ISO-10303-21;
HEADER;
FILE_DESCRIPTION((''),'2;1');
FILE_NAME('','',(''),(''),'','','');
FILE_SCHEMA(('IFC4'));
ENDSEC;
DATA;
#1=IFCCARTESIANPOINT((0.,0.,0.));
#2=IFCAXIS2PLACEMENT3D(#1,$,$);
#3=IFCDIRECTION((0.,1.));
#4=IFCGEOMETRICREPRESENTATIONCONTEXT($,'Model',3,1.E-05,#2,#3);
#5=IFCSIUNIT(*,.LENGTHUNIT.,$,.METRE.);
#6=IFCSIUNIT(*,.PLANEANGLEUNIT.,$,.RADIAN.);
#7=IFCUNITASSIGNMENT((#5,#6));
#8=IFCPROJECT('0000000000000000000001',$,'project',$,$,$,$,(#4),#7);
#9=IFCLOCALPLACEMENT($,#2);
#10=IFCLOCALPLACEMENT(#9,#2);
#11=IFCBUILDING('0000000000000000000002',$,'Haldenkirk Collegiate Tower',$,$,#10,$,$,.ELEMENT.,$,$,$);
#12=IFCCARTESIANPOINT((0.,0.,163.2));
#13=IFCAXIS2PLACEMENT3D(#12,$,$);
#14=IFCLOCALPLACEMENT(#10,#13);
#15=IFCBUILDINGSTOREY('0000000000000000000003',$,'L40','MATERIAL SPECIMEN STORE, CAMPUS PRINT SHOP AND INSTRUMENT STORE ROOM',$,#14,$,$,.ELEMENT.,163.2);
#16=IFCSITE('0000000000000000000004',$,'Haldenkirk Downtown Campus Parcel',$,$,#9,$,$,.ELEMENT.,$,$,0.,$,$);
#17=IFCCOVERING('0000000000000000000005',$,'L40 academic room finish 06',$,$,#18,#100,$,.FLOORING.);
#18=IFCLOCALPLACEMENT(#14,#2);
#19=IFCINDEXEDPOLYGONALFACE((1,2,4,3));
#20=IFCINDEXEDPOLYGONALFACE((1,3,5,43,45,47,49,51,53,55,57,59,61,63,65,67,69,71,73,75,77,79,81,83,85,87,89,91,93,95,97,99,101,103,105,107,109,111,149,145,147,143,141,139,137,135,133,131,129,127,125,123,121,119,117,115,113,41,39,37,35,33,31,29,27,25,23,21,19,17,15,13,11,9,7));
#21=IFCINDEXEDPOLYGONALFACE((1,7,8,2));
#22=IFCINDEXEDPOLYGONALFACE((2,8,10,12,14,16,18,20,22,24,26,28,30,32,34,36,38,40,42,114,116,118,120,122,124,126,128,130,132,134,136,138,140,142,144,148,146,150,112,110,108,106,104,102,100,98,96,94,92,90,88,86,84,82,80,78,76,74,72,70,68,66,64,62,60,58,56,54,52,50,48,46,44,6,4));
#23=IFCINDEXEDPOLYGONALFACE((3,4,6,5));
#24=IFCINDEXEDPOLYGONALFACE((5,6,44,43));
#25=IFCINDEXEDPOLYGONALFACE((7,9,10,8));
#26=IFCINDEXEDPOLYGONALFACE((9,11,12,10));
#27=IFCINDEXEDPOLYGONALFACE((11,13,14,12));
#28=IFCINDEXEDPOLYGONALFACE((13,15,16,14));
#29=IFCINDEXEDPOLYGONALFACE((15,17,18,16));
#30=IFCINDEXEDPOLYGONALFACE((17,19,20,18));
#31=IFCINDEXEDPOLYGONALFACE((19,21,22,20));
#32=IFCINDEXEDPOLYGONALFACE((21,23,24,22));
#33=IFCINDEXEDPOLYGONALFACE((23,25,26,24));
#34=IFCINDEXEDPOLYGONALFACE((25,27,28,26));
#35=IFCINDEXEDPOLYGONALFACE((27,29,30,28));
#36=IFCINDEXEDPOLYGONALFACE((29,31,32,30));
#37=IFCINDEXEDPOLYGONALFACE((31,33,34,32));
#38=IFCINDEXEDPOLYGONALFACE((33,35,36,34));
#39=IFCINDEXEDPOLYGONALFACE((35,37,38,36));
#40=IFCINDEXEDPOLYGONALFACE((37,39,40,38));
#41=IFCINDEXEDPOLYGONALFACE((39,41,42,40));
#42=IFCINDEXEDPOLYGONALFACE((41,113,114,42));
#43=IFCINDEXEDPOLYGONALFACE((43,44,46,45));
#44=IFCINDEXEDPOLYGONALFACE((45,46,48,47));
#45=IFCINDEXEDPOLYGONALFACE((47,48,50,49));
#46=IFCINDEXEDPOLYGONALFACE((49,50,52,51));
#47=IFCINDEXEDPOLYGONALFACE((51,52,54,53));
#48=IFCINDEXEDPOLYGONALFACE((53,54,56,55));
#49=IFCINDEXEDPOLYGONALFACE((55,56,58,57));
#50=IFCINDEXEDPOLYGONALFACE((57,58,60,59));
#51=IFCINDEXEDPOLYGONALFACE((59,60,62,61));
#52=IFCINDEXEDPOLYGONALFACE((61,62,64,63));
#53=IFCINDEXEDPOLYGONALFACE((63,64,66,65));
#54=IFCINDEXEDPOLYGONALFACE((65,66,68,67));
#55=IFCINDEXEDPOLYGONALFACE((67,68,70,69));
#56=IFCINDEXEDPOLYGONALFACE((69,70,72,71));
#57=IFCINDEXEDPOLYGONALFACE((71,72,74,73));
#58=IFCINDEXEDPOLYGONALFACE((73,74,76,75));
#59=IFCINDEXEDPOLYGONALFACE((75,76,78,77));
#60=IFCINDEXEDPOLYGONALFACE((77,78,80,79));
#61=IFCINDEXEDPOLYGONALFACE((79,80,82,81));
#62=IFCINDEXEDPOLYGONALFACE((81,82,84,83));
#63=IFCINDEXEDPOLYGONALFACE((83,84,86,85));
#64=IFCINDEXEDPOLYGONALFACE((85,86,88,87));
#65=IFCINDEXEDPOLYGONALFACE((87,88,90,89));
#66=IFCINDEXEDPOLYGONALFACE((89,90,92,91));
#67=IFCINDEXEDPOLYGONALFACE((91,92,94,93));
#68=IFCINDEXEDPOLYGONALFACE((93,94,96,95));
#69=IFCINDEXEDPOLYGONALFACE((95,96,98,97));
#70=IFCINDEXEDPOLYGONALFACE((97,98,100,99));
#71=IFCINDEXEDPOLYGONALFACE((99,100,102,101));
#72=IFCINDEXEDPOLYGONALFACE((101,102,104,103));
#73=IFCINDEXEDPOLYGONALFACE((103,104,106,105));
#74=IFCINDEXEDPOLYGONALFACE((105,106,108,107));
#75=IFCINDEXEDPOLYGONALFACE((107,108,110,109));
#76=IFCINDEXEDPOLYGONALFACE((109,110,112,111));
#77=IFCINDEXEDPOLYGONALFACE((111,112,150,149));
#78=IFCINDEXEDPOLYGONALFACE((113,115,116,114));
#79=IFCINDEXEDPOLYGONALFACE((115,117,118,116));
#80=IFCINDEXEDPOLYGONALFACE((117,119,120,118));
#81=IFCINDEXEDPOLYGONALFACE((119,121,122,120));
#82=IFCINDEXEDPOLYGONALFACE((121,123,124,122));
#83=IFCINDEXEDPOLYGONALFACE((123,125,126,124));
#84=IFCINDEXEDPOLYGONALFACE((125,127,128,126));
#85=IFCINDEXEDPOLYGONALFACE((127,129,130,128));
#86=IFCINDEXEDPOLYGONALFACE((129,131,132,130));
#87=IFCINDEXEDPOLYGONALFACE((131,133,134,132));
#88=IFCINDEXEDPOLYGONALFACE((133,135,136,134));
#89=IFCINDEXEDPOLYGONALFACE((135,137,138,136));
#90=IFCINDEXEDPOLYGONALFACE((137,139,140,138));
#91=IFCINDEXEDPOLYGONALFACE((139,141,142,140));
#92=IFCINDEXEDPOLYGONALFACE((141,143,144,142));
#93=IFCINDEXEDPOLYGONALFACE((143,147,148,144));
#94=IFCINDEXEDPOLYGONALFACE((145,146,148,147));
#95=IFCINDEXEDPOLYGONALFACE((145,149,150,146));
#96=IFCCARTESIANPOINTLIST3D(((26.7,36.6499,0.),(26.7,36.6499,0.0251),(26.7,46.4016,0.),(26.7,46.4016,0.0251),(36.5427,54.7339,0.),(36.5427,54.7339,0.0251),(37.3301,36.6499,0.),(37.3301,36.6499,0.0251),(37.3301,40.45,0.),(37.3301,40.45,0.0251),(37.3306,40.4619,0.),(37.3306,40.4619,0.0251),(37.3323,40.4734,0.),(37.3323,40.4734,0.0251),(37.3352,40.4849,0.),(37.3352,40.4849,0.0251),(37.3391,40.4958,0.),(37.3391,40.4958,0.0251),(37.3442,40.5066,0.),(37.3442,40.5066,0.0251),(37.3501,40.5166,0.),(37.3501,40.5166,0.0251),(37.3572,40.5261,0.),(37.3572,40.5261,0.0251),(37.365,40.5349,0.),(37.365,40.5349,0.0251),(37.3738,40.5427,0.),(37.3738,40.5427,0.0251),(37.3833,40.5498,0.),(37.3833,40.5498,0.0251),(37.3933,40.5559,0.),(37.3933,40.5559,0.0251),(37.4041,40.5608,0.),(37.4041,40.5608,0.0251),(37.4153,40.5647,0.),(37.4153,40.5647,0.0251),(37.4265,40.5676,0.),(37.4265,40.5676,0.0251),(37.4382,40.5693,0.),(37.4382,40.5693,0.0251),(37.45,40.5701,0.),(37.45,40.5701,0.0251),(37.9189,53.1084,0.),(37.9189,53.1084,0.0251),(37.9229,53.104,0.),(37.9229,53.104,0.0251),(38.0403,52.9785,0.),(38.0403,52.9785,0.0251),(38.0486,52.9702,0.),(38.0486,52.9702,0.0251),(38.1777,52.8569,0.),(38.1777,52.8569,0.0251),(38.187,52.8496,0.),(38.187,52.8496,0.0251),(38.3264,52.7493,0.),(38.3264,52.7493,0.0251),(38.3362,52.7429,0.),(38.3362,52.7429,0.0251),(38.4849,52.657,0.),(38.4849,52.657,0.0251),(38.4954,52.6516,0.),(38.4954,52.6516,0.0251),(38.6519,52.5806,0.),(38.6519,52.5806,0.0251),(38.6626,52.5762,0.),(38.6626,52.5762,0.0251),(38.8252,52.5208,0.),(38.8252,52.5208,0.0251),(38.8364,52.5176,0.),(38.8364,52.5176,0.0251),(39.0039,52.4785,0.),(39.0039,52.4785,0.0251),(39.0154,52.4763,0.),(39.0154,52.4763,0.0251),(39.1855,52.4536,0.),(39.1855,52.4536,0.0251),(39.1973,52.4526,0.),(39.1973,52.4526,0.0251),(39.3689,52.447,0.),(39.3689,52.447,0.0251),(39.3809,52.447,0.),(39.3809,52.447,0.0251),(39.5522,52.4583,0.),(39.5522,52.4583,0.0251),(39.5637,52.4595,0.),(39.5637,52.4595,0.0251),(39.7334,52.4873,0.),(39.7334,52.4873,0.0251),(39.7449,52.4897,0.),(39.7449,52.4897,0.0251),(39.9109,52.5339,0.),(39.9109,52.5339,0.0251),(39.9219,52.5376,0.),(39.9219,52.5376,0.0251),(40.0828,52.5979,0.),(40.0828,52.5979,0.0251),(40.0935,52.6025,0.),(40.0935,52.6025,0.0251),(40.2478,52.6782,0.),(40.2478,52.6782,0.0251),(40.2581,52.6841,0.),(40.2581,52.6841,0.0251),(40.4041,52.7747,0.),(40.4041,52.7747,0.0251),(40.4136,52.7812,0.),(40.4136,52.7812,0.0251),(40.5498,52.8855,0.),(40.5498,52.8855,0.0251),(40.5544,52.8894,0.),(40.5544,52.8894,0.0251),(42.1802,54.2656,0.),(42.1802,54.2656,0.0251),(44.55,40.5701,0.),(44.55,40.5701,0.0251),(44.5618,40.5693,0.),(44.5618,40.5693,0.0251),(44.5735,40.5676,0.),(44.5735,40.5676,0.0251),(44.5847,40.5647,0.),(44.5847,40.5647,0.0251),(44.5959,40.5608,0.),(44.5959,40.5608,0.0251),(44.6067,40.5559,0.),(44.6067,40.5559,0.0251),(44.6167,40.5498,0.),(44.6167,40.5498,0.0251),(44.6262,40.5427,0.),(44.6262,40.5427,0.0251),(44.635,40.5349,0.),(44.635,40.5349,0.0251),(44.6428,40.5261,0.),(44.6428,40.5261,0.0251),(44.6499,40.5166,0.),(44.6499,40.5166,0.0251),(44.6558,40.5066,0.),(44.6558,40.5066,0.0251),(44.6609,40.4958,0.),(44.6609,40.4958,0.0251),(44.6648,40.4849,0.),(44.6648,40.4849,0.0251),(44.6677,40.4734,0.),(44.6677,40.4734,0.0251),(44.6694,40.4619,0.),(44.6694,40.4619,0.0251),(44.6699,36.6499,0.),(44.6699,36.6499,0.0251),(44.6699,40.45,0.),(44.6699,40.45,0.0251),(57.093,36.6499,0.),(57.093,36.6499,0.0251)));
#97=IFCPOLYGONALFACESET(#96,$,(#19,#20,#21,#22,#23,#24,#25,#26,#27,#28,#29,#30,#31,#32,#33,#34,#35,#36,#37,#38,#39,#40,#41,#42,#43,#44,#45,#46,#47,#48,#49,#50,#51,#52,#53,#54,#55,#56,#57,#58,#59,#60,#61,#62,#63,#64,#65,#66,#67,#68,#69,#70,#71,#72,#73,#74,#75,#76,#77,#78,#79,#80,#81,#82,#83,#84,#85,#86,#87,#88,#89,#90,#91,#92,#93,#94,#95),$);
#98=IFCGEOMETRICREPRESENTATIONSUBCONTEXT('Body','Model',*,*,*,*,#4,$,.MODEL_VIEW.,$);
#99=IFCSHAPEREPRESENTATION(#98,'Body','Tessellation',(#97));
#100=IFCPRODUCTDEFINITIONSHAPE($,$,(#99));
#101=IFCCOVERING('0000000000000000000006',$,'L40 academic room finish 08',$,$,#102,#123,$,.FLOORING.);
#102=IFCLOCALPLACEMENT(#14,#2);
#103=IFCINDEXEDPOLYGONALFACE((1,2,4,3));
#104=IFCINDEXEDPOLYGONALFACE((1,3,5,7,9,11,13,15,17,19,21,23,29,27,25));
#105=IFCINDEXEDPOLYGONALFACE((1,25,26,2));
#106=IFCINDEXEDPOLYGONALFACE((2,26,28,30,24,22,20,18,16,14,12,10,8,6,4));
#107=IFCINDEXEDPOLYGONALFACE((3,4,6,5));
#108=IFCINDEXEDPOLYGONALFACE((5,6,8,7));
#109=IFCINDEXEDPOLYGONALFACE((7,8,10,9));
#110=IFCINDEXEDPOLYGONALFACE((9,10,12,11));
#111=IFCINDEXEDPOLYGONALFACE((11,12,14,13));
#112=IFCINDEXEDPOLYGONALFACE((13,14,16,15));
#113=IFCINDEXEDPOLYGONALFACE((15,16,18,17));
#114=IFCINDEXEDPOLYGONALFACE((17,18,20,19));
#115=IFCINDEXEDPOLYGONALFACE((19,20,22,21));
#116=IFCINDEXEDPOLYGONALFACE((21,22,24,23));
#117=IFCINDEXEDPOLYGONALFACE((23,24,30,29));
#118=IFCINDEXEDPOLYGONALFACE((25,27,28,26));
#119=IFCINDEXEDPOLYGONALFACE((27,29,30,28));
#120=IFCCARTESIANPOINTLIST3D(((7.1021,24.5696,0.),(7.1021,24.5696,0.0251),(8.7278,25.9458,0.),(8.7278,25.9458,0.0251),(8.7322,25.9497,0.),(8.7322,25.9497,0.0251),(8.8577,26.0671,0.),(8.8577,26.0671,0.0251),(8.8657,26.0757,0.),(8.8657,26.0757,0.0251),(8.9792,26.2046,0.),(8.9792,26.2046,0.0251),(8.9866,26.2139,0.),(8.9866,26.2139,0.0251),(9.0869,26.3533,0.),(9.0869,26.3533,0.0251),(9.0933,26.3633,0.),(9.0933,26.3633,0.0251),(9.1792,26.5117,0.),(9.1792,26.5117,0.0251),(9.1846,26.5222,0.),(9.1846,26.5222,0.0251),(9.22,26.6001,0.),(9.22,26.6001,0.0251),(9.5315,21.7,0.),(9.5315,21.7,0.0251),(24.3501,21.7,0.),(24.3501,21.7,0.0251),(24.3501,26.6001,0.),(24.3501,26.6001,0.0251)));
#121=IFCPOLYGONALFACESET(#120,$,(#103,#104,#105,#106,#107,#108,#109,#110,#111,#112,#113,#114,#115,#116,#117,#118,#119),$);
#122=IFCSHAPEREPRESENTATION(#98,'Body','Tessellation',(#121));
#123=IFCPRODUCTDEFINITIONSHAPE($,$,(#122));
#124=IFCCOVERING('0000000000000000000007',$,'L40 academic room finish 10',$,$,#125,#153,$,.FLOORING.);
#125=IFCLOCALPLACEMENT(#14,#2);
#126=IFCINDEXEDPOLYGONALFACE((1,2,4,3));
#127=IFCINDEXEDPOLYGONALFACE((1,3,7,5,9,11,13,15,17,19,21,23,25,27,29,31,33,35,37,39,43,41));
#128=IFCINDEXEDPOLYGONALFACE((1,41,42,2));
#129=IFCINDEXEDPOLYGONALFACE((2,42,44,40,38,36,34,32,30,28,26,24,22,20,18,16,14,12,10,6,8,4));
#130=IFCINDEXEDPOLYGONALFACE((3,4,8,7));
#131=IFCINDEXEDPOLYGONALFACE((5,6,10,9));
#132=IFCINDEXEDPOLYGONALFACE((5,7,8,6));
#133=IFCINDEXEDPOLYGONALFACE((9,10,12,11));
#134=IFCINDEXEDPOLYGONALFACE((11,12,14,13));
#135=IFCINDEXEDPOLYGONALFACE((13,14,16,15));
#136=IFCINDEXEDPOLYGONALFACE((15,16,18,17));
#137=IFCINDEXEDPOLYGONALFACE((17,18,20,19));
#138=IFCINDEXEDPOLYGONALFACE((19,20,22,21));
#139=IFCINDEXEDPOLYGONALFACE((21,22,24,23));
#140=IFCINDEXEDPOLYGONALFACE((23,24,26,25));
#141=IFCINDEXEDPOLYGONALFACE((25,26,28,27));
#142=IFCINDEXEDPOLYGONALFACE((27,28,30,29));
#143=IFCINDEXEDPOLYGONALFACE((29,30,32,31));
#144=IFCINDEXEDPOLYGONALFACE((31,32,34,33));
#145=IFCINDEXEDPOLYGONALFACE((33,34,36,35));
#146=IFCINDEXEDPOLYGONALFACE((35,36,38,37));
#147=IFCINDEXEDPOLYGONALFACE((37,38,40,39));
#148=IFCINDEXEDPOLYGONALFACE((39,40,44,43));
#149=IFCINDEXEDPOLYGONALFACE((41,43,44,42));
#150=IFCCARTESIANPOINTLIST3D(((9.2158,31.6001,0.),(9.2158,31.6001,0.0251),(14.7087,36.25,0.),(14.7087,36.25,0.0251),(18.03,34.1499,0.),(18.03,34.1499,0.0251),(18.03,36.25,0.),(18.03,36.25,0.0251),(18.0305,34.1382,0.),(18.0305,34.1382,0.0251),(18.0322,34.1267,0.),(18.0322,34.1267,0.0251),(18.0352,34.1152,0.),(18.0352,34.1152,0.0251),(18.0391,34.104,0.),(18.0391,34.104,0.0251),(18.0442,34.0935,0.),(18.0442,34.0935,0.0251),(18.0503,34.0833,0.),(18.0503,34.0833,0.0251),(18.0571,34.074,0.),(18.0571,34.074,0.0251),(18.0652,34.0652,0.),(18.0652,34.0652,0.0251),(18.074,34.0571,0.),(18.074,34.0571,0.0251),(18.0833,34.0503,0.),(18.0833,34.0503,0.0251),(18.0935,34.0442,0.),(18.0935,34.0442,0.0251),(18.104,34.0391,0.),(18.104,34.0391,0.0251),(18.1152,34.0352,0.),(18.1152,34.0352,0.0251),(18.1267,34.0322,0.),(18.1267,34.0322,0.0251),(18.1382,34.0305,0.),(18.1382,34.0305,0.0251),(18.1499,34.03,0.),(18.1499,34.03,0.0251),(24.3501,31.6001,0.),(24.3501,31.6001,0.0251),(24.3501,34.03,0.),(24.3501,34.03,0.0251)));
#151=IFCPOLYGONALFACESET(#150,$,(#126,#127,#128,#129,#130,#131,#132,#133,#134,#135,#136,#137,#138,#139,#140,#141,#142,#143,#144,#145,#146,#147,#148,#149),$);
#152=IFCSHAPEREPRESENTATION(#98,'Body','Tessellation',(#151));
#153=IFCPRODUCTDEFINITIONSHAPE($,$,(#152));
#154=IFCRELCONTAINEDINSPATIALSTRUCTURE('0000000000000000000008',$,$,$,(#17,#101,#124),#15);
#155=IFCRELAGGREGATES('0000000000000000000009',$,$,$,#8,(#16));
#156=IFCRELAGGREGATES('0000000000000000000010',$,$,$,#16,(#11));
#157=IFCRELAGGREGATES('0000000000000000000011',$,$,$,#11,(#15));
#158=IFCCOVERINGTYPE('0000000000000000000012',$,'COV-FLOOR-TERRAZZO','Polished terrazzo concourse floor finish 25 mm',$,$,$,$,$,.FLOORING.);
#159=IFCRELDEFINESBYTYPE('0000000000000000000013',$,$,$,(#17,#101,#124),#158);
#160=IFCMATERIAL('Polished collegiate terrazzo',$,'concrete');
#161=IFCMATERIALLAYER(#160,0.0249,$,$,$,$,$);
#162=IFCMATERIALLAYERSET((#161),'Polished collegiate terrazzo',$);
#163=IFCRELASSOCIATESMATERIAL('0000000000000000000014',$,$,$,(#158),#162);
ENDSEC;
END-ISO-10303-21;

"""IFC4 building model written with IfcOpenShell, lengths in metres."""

from ifc_helpers import new_model, si_unit, direction, frame, origin, place, context, subcontext, project, spatial, polyline, outline, extrude, material, layer, layer_set, type_object, element, save


model = new_model("IFC4")

# Units and contexts
model_context = context("Model", 3, precision=1e-05, world=origin(), true_north=direction((0.0, 1.0)))
body_context = subcontext(model_context, "Body", "Model", "MODEL_VIEW")
ifc_project = project(units=[si_unit("LENGTHUNIT", "METRE"), si_unit("PLANEANGLEUNIT", "RADIAN")], contexts=[model_context])

# Site, building, storey
site_placement = place(None, origin())
site = spatial("IfcSite", under=ifc_project, at=site_placement, Name="Haldenkirk Downtown Campus Parcel", CompositionType="ELEMENT", RefElevation=0.0)
building_placement = place(site_placement, origin())
building = spatial("IfcBuilding", under=site, at=building_placement, Name="Haldenkirk Collegiate Tower", CompositionType="ELEMENT")
storey_placement = place(building_placement, frame((0.0, 0.0, 163.2)))
storey = spatial("IfcBuildingStorey", under=building, at=storey_placement, Name="L40", Description="MATERIAL SPECIMEN STORE, CAMPUS PRINT SHOP AND INSTRUMENT STORE ROOM", CompositionType="ELEMENT", Elevation=163.2)

# Coverings
ifc_material_1 = material(Name="Polished collegiate terrazzo", Category="concrete")
ifc_layer_1 = layer(ifc_material_1, 0.0249)
ifc_layer_set_1 = layer_set([ifc_layer_1], Name="Polished collegiate terrazzo")
covering_type_1 = type_object("IfcCoveringType", Name="COV-FLOOR-TERRAZZO", Description="Polished terrazzo concourse floor finish 25 mm", PredefinedType="FLOORING", material=ifc_layer_set_1)
covering_1_placement = place(storey_placement, origin())
element("IfcCovering", 1, at=covering_1_placement, inside=storey, type_object=covering_type_1, Name="L40 academic room finish 06", PredefinedType="FLOORING", context=body_context, shape_type="SweptSolid", body=[
    extrude(outline(polyline([(37.9189, 53.1084), (37.9229, 53.104), (38.0403, 52.9785), (38.0486, 52.9702), (38.1777, 52.8569), (38.187, 52.8496), (38.3264, 52.7493), (38.3362, 52.7429), (38.4849, 52.657), (38.4954, 52.6516), (38.6519, 52.5806), (38.6626, 52.5762), (38.8252, 52.5208), (38.8364, 52.5176), (39.0039, 52.4785), (39.0154, 52.4763), (39.1855, 52.4536), (39.1973, 52.4526), (39.3689, 52.447), (39.3809, 52.447), (39.5522, 52.4583), (39.5637, 52.4595), (39.7334, 52.4873), (39.7449, 52.4897), (39.9109, 52.5339), (39.9219, 52.5376), (40.0828, 52.5979), (40.0935, 52.6025), (40.2478, 52.6782), (40.2581, 52.6841), (40.4041, 52.7747), (40.4136, 52.7812), (40.5498, 52.8855), (40.5544, 52.8894), (42.1802, 54.2656), (57.093, 36.6499), (44.6699, 36.6499), (44.6699, 40.45), (44.6694, 40.4619), (44.6677, 40.4734), (44.6648, 40.4849), (44.6609, 40.4958), (44.6558, 40.5066), (44.6499, 40.5166), (44.6428, 40.5261), (44.635, 40.5349), (44.6262, 40.5427), (44.6167, 40.5498), (44.6067, 40.5559), (44.5959, 40.5608), (44.5847, 40.5647), (44.5735, 40.5676), (44.5618, 40.5693), (44.55, 40.5701), (37.45, 40.5701), (37.4382, 40.5693), (37.4265, 40.5676), (37.4153, 40.5647), (37.4041, 40.5608), (37.3933, 40.5559), (37.3833, 40.5498), (37.3738, 40.5427), (37.365, 40.5349), (37.3572, 40.5261), (37.3501, 40.5166), (37.3442, 40.5066), (37.3391, 40.4958), (37.3352, 40.4849), (37.3323, 40.4734), (37.3306, 40.4619), (37.3301, 40.45), (37.3301, 36.6499), (26.7, 36.6499), (26.7, 46.4016), (36.5427, 54.7339), (37.9189, 53.1084)])), origin(), (0.0, 0.0, 1.0), 0.0251),
])
covering_2_placement = place(storey_placement, origin())
element("IfcCovering", 2, at=covering_2_placement, inside=storey, type_object=covering_type_1, Name="L40 academic room finish 08", PredefinedType="FLOORING", context=body_context, shape_type="SweptSolid", body=[
    extrude(outline(polyline([(8.7278, 25.9458), (8.7322, 25.9497), (8.8577, 26.0671), (8.8657, 26.0757), (8.9792, 26.2046), (8.9866, 26.2139), (9.0869, 26.3533), (9.0933, 26.3633), (9.1792, 26.5117), (9.1846, 26.5222), (9.22, 26.6001), (24.3501, 26.6001), (24.3501, 21.7), (9.5315, 21.7), (7.1021, 24.5696), (8.7278, 25.9458)])), origin(), (0.0, 0.0, 1.0), 0.0251),
])
covering_3_placement = place(storey_placement, origin())
element("IfcCovering", 3, at=covering_3_placement, inside=storey, type_object=covering_type_1, Name="L40 academic room finish 10", PredefinedType="FLOORING", context=body_context, shape_type="SweptSolid", body=[
    extrude(outline(polyline([(14.7087, 36.25), (18.03, 36.25), (18.03, 34.1499), (18.0305, 34.1382), (18.0322, 34.1267), (18.0352, 34.1152), (18.0391, 34.104), (18.0442, 34.0935), (18.0503, 34.0833), (18.0571, 34.074), (18.0652, 34.0652), (18.074, 34.0571), (18.0833, 34.0503), (18.0935, 34.0442), (18.104, 34.0391), (18.1152, 34.0352), (18.1267, 34.0322), (18.1382, 34.0305), (18.1499, 34.03), (24.3501, 34.03), (24.3501, 31.6001), (9.2158, 31.6001), (14.7087, 36.25)])), origin(), (0.0, 0.0, 1.0), 0.0251),
])

save(model, "model.ifc")
